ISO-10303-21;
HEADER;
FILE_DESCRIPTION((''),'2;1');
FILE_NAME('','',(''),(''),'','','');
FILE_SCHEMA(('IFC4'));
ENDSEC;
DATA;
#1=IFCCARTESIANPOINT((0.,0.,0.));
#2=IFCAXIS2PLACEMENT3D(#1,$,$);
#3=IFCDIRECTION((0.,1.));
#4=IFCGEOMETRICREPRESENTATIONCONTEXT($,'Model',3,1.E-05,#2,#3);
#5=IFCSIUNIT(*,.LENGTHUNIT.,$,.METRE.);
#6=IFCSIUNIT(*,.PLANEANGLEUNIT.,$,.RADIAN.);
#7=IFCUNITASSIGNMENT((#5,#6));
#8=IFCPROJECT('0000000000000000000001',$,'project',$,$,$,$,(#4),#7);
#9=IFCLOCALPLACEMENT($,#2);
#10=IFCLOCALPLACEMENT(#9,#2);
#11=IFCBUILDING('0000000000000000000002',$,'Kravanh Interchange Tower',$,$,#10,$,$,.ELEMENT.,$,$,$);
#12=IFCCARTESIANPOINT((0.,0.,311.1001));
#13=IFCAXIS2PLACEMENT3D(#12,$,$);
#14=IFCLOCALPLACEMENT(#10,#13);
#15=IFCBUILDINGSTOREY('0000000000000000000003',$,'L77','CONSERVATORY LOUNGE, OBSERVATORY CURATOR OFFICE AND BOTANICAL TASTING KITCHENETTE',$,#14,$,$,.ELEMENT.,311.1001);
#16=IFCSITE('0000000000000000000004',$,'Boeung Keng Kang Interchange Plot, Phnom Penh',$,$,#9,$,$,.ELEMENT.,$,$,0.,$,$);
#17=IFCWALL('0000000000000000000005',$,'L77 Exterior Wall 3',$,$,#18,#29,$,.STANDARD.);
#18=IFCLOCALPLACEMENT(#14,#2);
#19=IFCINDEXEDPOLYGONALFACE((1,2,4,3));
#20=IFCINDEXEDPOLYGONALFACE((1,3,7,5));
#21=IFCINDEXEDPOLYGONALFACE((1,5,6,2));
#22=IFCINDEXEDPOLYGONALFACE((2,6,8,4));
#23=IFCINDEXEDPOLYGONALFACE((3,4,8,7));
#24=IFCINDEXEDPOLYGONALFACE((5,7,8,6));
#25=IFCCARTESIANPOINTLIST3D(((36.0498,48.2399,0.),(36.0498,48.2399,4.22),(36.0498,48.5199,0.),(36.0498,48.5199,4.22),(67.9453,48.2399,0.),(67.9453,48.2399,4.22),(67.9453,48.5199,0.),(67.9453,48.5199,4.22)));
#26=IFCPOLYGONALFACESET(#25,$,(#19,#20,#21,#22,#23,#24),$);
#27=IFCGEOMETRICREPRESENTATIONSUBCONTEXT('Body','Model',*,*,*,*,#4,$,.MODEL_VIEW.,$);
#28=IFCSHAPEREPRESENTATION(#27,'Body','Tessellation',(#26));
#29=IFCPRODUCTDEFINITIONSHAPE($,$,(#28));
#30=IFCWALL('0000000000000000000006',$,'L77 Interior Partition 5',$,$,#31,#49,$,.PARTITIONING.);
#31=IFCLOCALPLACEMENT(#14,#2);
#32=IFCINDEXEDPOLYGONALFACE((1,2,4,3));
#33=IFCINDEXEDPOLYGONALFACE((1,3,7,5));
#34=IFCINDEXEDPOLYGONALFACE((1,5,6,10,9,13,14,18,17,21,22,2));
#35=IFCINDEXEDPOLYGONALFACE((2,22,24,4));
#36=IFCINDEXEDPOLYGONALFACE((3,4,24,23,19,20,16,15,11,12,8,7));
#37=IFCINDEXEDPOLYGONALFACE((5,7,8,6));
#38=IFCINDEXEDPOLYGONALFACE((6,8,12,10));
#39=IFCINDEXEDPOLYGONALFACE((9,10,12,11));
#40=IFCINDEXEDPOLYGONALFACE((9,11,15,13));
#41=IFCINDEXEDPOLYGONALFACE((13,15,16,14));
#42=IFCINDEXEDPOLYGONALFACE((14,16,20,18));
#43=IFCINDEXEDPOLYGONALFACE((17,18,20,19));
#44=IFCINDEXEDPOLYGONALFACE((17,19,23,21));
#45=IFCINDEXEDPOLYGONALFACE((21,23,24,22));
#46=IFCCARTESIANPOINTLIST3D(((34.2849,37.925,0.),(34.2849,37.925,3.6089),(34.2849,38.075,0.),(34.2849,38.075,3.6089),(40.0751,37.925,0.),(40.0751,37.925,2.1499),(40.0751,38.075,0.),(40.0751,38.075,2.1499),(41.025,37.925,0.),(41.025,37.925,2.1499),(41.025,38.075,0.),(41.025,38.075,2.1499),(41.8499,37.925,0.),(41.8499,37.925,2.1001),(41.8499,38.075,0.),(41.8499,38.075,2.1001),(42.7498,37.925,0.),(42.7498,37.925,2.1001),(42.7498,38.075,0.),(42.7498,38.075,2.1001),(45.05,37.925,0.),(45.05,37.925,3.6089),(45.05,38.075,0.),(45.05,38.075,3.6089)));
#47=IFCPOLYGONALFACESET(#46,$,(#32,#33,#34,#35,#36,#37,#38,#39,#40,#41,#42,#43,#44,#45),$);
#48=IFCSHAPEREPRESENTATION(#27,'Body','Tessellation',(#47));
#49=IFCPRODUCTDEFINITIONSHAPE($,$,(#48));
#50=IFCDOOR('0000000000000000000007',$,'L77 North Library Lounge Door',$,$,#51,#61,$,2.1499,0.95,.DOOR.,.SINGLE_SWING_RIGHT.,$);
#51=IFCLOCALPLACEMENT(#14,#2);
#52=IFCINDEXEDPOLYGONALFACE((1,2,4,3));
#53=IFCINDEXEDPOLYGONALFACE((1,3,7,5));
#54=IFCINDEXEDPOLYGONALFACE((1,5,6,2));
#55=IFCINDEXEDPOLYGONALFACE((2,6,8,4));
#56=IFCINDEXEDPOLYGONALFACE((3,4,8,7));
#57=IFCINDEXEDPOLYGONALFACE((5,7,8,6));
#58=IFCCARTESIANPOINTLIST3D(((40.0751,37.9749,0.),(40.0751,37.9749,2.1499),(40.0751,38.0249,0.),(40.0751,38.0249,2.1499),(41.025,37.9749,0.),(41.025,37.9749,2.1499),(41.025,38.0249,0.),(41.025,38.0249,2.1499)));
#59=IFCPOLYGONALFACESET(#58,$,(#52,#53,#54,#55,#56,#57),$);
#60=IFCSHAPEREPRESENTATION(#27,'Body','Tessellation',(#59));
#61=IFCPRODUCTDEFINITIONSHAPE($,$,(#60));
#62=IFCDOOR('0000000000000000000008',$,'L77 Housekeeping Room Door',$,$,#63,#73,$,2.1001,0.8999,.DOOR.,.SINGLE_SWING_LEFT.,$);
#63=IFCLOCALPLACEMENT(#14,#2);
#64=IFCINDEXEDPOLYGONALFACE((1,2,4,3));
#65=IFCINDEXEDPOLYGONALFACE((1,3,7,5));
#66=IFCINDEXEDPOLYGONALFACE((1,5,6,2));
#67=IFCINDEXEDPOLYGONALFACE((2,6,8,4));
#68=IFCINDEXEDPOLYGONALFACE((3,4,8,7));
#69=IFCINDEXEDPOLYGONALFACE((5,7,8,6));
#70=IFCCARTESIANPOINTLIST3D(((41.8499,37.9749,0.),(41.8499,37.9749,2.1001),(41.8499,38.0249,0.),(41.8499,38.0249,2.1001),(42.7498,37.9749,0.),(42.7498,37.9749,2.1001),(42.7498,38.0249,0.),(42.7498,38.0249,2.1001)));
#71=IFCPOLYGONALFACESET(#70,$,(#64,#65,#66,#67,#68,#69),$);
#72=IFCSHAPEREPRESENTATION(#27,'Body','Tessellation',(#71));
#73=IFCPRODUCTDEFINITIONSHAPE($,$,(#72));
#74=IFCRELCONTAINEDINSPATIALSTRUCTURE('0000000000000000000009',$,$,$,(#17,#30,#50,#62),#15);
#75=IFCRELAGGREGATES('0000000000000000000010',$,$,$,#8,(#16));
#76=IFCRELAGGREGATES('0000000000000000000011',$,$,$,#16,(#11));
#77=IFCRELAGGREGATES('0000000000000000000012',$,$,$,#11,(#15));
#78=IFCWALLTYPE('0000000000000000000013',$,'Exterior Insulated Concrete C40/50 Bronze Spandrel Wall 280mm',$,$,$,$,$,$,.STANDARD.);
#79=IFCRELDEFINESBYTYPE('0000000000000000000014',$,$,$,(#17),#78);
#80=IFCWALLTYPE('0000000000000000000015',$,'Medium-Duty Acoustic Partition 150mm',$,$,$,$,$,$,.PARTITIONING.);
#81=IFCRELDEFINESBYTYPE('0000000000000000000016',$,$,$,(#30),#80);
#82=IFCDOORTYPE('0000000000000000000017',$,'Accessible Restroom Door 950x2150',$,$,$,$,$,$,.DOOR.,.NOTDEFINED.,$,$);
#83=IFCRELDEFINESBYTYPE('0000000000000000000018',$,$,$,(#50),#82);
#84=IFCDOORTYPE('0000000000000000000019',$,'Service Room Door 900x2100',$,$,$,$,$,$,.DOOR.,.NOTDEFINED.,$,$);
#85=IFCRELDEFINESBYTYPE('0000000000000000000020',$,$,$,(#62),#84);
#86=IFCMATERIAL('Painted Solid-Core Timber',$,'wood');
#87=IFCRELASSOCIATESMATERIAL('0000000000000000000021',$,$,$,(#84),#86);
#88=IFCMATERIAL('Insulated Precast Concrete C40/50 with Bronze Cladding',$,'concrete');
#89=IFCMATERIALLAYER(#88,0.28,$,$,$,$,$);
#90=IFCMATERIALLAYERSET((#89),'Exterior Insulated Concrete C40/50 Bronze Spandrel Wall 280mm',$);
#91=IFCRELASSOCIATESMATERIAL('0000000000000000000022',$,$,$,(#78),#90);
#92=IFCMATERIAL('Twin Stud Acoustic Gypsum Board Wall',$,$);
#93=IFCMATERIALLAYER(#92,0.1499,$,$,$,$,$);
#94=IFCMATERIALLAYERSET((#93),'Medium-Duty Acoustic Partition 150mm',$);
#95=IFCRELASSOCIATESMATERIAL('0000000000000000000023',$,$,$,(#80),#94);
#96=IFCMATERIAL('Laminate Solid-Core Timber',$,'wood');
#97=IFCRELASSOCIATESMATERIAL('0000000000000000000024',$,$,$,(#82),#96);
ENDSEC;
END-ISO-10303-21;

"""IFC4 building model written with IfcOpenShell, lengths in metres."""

from ifc_helpers import new_model, si_unit, direction, frame, frame_2d, origin, place, context, subcontext, project, spatial, rectangle, extrude, material, layer, layer_set, type_object, element, fill, save


model = new_model("IFC4")

# Units and contexts
model_context = context("Model", 3, precision=1e-05, world=origin(), true_north=direction((0.0, 1.0)))
body_context = subcontext(model_context, "Body", "Model", "MODEL_VIEW")
ifc_project = project(units=[si_unit("LENGTHUNIT", "METRE"), si_unit("PLANEANGLEUNIT", "RADIAN")], contexts=[model_context])

# Site, building, storey
site_placement = place(None, origin())
site = spatial("IfcSite", under=ifc_project, at=site_placement, Name="Boeung Keng Kang Interchange Plot, Phnom Penh", CompositionType="ELEMENT", RefElevation=0.0)
building_placement = place(site_placement, origin())
building = spatial("IfcBuilding", under=site, at=building_placement, Name="Kravanh Interchange Tower", CompositionType="ELEMENT")
storey_placement = place(building_placement, frame((0.0, 0.0, 311.1001)))
storey = spatial("IfcBuildingStorey", under=building, at=storey_placement, Name="L77", Description="CONSERVATORY LOUNGE, OBSERVATORY CURATOR OFFICE AND BOTANICAL TASTING KITCHENETTE", CompositionType="ELEMENT", Elevation=311.1001)

# Shared definitions
ifc_material_1 = material(Name="Painted Solid-Core Timber", Category="wood")
door_type_1 = type_object("IfcDoorType", Name="Service Room Door 900x2100", OperationType="NOTDEFINED", PredefinedType="DOOR", material=ifc_material_1)

# Wall
ifc_material_2 = material(Name="Insulated Precast Concrete C40/50 with Bronze Cladding", Category="concrete")
ifc_layer_1 = layer(ifc_material_2, 0.28)
ifc_layer_set_1 = layer_set([ifc_layer_1], Name="Exterior Insulated Concrete C40/50 Bronze Spandrel Wall 280mm")
wall_type_1 = type_object("IfcWallType", Name="Exterior Insulated Concrete C40/50 Bronze Spandrel Wall 280mm", PredefinedType="STANDARD", material=ifc_layer_set_1)
wall_1_placement = place(storey_placement, frame((36.0498, 48.3799, 0.0), z_axis=(0.0, 0.0, 1.0), x_axis=(1.0, 0.0, 0.0)))
element("IfcWall", 1, at=wall_1_placement, inside=storey, type_object=wall_type_1, Name="L77 Exterior Wall 3", PredefinedType="STANDARD", context=body_context, shape_type="SweptSolid", body=[
    extrude(rectangle(XDim=31.8955, YDim=0.28, at=frame_2d((15.9478, 0.0))), origin(), (0.0, 0.0, 1.0), 4.22),
])

# Wall, openings, doors
ifc_material_3 = material(Name="Twin Stud Acoustic Gypsum Board Wall")
ifc_layer_2 = layer(ifc_material_3, 0.1499)
ifc_layer_set_2 = layer_set([ifc_layer_2], Name="Medium-Duty Acoustic Partition 150mm")
wall_type_2 = type_object("IfcWallType", Name="Medium-Duty Acoustic Partition 150mm", PredefinedType="PARTITIONING", material=ifc_layer_set_2)
wall_2_placement = place(storey_placement, frame((34.2849, 38.0, 0.0), z_axis=(0.0, 0.0, 1.0), x_axis=(1.0, 0.0, 0.0)))
wall_2 = element("IfcWall", 2, at=wall_2_placement, inside=storey, type_object=wall_type_2, Name="L77 Interior Partition 5", PredefinedType="PARTITIONING", context=body_context, shape_type="SweptSolid", body=[
    extrude(rectangle(XDim=10.7651, YDim=0.1499, at=frame_2d((5.3826, 0.0))), origin(), (0.0, 0.0, 1.0), 3.6089),
])
opening_1_placement = place(wall_2_placement, frame((5.79, 0.0, 0.0)))
opening_1 = element("IfcOpeningElement", 3, at=opening_1_placement, cuts=wall_2, PredefinedType="OPENING", context=body_context, shape_type="SweptSolid", body=[
    extrude(rectangle(XDim=0.95, YDim=2.1499, at=frame_2d((0.4751, 1.075))), frame((0.0, 0.085, 0.0), z_axis=(0.0, -1.0, 0.0), x_axis=(1.0, 0.0, 0.0)), (0.0, 0.0, 1.0), 0.1699),
])
opening_2_placement = place(wall_2_placement, frame((7.5649, 0.0, 0.0)))
opening_2 = element("IfcOpeningElement", 4, at=opening_2_placement, cuts=wall_2, PredefinedType="OPENING", context=body_context, shape_type="SweptSolid", body=[
    extrude(rectangle(XDim=0.8999, YDim=2.1001, at=frame_2d((0.45, 1.05))), frame((0.0, 0.085, 0.0), z_axis=(0.0, -1.0, 0.0), x_axis=(1.0, 0.0, 0.0)), (0.0, 0.0, 1.0), 0.1699),
])
ifc_material_4 = material(Name="Laminate Solid-Core Timber", Category="wood")
door_type_2 = type_object("IfcDoorType", Name="Accessible Restroom Door 950x2150", OperationType="NOTDEFINED", PredefinedType="DOOR", material=ifc_material_4)
door_1_placement = place(opening_1_placement, origin())
door_1 = element("IfcDoor", 5, at=door_1_placement, inside=storey, type_object=door_type_2, Name="L77 North Library Lounge Door", OperationType="SINGLE_SWING_RIGHT", OverallHeight=2.1499, OverallWidth=0.95, PredefinedType="DOOR", context=body_context, shape_type="SweptSolid", body=[
    extrude(rectangle(XDim=0.95, YDim=2.1499, at=frame_2d((0.4751, 1.075))), frame((0.0, 0.0249, 0.0), z_axis=(0.0, -1.0, 0.0), x_axis=(1.0, 0.0, 0.0)), (0.0, 0.0, 1.0), 0.05),
])
fill(opening_1, door_1)
door_2_placement = place(opening_2_placement, origin())
door_2 = element("IfcDoor", 6, at=door_2_placement, inside=storey, type_object=door_type_1, Name="L77 Housekeeping Room Door", OperationType="SINGLE_SWING_LEFT", OverallHeight=2.1001, OverallWidth=0.8999, PredefinedType="DOOR", context=body_context, shape_type="SweptSolid", body=[
    extrude(rectangle(XDim=0.8999, YDim=2.1001, at=frame_2d((0.45, 1.05))), frame((0.0, 0.0249, 0.0), z_axis=(0.0, -1.0, 0.0), x_axis=(1.0, 0.0, 0.0)), (0.0, 0.0, 1.0), 0.05),
])
fill(opening_2, door_2)

save(model, "model.ifc")
